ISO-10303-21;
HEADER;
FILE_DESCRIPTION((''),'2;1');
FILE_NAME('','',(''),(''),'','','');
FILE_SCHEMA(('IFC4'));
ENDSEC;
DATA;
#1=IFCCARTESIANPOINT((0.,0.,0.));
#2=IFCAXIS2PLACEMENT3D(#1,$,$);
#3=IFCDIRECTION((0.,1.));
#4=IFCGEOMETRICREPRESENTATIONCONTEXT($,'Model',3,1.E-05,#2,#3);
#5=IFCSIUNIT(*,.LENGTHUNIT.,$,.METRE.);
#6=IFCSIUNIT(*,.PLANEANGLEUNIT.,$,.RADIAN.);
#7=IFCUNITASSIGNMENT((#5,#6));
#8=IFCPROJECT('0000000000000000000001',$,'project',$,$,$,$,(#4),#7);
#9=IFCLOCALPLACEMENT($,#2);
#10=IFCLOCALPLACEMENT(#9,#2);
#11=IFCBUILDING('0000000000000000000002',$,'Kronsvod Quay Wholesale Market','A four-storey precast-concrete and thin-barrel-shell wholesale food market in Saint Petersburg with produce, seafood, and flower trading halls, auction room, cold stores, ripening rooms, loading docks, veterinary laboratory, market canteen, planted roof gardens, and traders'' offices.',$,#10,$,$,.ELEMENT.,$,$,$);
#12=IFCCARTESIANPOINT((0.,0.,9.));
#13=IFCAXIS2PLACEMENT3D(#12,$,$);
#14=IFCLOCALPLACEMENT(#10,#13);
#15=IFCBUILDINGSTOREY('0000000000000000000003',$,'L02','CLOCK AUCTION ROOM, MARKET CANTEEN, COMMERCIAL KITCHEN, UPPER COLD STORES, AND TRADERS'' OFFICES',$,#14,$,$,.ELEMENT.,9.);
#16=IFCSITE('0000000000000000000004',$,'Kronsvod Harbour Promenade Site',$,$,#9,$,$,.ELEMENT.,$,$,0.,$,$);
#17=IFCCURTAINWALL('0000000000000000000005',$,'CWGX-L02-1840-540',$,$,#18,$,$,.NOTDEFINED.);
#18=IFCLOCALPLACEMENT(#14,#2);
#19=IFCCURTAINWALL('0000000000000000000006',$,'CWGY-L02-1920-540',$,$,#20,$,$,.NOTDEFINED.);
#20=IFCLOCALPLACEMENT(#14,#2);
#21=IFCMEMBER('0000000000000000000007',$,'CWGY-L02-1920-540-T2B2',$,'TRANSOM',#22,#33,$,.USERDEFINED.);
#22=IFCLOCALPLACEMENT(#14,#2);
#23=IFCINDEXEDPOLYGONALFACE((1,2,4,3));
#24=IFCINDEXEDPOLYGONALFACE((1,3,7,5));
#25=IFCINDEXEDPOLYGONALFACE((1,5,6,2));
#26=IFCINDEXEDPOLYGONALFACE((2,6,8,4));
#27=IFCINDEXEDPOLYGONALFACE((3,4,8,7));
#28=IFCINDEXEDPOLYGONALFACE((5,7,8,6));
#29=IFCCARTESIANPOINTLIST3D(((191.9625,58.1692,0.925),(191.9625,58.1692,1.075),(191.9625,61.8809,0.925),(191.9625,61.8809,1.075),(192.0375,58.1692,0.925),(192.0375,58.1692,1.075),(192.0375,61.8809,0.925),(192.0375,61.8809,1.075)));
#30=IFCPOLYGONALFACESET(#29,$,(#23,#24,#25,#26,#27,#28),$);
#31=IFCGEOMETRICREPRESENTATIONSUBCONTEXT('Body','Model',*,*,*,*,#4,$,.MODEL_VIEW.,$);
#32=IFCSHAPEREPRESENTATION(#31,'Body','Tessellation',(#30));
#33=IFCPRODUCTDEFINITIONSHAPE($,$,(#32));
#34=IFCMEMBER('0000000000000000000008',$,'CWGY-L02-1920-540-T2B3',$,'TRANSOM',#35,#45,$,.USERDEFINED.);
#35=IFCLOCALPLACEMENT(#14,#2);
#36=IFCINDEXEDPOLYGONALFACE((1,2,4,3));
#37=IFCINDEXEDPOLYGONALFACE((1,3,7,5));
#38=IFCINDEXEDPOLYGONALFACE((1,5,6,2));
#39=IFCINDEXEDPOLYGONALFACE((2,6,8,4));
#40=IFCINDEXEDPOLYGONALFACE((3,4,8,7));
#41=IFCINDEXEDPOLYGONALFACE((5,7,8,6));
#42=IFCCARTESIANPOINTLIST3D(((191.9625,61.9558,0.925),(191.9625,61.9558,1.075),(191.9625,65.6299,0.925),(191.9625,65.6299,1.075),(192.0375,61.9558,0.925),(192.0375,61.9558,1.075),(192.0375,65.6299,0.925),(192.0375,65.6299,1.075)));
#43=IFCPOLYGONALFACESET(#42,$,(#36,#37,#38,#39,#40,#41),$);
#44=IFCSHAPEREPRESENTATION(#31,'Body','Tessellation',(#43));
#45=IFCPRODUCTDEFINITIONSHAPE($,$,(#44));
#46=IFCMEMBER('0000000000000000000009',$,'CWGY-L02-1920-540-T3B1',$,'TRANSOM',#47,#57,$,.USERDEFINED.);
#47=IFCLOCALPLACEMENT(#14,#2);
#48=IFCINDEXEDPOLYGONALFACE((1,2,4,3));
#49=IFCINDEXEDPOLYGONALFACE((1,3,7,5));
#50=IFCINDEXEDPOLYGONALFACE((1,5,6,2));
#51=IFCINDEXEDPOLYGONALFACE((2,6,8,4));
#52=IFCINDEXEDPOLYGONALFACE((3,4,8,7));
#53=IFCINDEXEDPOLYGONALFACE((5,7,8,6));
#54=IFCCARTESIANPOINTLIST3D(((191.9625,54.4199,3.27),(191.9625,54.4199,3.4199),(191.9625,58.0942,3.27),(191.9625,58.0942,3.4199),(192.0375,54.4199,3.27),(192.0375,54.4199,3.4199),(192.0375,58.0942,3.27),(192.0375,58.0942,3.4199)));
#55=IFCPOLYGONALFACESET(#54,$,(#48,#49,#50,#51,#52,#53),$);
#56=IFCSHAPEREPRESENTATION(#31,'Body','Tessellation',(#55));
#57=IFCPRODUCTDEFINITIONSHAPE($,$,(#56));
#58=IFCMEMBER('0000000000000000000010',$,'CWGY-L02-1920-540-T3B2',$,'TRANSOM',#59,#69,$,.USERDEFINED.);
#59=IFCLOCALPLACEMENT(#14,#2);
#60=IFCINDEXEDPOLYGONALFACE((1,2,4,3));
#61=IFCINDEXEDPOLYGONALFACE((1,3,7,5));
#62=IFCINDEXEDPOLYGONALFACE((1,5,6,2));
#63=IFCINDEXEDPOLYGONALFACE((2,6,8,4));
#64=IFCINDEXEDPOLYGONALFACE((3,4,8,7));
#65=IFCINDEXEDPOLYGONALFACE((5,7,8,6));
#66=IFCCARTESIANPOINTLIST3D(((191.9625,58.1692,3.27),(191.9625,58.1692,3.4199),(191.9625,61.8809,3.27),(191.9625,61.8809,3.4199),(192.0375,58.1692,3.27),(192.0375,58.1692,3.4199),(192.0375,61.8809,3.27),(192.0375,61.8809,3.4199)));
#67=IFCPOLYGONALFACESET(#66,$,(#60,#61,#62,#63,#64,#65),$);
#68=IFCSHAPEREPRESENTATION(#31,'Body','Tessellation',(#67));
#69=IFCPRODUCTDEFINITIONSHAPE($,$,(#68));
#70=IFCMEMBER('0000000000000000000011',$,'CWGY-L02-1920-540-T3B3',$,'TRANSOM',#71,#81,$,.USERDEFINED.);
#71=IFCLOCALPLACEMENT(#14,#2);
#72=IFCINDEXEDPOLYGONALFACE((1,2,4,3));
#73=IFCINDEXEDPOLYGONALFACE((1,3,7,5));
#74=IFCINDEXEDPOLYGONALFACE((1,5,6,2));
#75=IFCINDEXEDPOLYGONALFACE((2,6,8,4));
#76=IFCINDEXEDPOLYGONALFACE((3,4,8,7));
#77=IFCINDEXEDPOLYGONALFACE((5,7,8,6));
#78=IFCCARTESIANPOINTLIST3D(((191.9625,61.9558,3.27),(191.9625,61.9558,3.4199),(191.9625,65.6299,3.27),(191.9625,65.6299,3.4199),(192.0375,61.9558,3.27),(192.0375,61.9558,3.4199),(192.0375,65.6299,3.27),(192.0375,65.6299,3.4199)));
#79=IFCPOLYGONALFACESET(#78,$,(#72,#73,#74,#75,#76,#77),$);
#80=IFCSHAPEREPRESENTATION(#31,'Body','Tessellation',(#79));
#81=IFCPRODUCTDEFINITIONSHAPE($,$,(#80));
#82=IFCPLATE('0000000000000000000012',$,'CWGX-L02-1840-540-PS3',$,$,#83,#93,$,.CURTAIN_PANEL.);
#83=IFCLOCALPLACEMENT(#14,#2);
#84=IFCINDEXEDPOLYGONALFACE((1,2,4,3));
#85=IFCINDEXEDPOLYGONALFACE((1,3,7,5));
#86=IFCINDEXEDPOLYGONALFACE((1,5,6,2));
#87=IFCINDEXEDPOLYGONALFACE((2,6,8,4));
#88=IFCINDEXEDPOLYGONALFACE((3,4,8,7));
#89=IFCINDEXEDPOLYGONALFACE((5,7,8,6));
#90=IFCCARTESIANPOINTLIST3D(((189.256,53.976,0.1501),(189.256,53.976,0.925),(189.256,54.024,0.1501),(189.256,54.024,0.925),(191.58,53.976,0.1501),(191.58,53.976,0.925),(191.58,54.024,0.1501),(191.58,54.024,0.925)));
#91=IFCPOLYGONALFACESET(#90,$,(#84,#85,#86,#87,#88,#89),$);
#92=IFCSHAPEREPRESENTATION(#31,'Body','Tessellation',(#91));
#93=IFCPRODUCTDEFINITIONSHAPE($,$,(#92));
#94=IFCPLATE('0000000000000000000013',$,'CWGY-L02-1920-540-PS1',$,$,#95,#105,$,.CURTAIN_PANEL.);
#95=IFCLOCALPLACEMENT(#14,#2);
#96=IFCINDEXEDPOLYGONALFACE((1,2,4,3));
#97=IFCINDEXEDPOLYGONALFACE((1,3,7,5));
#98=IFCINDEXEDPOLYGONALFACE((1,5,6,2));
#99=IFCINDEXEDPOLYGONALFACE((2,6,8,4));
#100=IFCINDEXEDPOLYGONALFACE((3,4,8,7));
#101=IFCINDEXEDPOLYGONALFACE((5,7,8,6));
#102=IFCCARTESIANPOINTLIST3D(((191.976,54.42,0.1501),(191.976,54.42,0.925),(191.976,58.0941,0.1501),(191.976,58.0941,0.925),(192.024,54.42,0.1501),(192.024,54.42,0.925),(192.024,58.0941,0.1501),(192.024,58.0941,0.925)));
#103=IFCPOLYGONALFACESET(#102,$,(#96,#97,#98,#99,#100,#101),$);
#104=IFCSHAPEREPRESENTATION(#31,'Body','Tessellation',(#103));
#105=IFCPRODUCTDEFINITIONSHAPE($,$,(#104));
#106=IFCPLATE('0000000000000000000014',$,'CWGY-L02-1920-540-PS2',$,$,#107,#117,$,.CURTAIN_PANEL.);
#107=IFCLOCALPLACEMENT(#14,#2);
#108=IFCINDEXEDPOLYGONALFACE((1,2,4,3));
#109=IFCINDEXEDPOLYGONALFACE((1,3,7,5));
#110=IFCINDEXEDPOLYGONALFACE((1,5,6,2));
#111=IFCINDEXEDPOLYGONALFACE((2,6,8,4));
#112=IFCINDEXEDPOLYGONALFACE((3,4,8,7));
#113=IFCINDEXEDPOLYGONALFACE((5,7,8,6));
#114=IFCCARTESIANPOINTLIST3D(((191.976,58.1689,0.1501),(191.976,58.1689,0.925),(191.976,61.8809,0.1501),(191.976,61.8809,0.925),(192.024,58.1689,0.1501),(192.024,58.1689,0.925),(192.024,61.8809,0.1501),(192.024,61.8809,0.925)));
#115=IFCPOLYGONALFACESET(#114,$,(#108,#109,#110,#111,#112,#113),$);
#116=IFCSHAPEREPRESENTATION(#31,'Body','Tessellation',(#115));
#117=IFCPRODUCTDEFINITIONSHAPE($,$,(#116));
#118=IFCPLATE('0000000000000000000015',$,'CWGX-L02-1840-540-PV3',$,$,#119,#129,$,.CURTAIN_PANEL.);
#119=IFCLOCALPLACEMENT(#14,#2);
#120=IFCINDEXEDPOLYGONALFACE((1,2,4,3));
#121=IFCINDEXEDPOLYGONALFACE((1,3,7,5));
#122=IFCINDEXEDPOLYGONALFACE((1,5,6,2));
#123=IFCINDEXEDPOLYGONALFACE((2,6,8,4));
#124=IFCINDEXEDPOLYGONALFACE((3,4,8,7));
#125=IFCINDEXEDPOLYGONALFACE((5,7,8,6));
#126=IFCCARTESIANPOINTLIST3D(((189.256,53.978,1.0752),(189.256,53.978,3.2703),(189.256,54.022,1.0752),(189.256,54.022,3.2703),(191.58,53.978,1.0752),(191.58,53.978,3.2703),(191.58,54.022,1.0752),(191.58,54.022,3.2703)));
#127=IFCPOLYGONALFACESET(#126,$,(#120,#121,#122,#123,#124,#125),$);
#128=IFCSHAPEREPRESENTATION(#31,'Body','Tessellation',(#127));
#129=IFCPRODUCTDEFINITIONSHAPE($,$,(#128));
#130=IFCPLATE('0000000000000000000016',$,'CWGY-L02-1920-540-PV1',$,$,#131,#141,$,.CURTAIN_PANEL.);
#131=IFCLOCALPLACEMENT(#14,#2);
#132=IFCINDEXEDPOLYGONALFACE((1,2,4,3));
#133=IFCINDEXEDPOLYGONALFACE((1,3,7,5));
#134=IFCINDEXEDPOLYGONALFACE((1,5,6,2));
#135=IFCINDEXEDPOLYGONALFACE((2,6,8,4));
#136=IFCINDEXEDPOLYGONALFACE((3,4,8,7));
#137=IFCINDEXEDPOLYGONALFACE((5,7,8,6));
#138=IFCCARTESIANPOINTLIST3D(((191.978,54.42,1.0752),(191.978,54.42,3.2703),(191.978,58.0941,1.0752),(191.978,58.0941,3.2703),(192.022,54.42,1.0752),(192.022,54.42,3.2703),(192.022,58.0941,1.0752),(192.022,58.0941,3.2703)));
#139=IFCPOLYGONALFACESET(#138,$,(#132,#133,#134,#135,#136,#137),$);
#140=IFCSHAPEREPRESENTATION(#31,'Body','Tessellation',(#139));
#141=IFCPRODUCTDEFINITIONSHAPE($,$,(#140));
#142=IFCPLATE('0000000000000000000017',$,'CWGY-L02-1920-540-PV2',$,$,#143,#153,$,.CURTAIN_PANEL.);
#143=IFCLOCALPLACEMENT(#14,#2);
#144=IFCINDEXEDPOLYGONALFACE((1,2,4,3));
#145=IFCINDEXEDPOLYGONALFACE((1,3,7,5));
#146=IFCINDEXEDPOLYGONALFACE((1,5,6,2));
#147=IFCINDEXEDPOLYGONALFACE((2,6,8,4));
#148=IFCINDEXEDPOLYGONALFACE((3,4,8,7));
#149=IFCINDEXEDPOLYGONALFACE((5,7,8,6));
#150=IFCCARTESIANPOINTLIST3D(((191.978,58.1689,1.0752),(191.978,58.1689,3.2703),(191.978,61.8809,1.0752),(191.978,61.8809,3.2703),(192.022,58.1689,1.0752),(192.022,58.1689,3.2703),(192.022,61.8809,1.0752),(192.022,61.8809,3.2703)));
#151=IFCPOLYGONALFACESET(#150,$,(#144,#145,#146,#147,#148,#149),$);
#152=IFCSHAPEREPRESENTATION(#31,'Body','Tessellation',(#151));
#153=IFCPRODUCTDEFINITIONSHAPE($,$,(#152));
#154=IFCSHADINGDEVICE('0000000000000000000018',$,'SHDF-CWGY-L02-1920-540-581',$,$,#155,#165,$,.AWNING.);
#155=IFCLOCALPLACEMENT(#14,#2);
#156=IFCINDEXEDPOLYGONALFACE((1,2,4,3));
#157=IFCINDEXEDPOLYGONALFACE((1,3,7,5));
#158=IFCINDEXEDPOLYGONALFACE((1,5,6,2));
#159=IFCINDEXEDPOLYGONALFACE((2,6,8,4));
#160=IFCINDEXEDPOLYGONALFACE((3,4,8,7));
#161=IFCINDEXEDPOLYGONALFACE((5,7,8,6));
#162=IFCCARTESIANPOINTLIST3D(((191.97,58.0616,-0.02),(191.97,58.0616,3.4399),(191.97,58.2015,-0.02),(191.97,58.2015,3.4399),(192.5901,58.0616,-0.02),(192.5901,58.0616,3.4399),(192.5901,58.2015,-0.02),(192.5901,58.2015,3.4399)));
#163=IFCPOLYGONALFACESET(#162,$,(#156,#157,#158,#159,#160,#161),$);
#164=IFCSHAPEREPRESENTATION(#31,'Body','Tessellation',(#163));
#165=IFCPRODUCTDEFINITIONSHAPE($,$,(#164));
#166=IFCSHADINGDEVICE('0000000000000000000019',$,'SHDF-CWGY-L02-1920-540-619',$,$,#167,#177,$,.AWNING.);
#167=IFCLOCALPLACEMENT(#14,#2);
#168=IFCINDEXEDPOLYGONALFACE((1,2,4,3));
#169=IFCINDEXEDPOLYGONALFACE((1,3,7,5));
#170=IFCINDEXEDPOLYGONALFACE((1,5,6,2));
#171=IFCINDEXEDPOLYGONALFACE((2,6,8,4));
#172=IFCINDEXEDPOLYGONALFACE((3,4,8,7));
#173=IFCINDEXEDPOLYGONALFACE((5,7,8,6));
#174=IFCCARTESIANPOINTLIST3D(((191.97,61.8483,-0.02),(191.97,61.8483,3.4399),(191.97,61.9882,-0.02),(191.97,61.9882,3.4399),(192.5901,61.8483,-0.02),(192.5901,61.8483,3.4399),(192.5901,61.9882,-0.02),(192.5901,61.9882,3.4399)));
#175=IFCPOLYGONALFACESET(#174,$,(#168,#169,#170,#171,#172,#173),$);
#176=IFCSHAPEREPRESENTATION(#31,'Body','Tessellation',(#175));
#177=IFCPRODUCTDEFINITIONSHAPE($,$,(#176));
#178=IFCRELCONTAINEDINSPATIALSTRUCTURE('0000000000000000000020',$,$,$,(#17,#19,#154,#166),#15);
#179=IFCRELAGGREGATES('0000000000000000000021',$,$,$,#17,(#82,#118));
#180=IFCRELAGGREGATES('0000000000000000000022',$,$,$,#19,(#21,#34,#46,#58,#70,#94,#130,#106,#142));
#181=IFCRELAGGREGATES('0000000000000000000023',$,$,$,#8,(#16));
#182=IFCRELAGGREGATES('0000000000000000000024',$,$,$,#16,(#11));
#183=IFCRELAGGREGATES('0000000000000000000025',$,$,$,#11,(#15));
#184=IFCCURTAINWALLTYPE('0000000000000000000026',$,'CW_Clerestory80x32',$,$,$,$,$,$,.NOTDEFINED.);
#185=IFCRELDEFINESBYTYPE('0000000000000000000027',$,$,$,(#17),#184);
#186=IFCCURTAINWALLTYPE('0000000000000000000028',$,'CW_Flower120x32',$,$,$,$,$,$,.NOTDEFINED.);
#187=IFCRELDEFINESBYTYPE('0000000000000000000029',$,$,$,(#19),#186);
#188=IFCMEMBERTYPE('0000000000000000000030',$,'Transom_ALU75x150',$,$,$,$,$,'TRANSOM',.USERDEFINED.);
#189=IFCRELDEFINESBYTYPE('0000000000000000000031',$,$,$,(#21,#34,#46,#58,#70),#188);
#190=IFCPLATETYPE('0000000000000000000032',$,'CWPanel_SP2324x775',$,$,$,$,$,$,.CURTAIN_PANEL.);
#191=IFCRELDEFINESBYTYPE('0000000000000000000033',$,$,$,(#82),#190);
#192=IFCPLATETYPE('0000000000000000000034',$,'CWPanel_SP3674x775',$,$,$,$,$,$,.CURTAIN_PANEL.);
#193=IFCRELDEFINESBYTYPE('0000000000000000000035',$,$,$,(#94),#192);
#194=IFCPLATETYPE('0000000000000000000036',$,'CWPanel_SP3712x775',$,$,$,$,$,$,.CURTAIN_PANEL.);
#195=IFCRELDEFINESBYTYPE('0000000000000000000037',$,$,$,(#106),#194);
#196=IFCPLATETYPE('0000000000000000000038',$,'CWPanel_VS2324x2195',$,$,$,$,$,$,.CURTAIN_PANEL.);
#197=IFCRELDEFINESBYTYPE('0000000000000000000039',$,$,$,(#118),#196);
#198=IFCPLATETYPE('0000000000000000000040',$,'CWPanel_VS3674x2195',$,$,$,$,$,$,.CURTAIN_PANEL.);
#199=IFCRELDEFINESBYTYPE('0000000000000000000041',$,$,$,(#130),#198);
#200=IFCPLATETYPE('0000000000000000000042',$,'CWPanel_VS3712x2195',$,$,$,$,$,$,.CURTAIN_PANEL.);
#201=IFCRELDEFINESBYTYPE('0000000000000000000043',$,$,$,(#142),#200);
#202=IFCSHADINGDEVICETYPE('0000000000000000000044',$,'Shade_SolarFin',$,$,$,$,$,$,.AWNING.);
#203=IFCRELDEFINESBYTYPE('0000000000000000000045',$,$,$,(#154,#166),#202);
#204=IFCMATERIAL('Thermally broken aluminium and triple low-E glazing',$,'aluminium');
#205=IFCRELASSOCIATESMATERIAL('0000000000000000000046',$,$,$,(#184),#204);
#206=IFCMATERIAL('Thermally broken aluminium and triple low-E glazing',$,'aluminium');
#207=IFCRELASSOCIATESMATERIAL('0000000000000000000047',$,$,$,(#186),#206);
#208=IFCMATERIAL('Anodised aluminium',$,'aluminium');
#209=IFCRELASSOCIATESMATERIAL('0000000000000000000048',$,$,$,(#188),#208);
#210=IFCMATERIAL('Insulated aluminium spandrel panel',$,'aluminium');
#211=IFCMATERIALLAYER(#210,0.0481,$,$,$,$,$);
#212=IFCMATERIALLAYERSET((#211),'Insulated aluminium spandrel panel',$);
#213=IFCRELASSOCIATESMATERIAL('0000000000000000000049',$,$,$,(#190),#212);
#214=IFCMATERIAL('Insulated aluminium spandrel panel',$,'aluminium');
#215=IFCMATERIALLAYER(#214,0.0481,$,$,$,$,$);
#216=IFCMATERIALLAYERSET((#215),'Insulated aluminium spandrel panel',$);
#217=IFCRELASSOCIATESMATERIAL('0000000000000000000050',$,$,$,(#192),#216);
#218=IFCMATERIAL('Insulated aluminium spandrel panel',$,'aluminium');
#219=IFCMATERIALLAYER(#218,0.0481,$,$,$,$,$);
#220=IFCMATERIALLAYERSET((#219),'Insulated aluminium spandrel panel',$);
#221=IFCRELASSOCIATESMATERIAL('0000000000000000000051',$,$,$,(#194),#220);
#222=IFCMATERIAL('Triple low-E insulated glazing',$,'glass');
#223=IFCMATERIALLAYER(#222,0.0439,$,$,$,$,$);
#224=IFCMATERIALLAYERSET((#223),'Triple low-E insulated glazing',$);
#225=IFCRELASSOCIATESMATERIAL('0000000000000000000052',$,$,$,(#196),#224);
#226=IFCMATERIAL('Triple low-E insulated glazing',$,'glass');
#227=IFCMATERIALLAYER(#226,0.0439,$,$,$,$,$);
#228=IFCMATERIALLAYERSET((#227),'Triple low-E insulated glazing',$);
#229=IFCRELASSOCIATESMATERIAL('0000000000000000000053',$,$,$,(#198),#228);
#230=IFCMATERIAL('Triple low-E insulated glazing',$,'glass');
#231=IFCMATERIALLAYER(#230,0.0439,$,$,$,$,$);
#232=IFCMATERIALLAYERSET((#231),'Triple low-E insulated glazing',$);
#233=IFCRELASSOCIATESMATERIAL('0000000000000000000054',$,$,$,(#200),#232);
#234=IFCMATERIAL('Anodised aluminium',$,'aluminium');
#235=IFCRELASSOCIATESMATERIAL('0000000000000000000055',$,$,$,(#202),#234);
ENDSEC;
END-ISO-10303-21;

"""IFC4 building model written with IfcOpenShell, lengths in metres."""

from ifc_helpers import new_model, si_unit, direction, frame, origin, origin_2d, place, context, subcontext, project, spatial, rectangle, extrude, material, layer, layer_set, material_profile, profile_set, type_object, element, aggregate, save


model = new_model("IFC4")

# Units and contexts
model_context = context("Model", 3, precision=1e-05, world=origin(), true_north=direction((0.0, 1.0)))
body_context = subcontext(model_context, "Body", "Model", "MODEL_VIEW")
ifc_project = project(units=[si_unit("LENGTHUNIT", "METRE"), si_unit("PLANEANGLEUNIT", "RADIAN")], contexts=[model_context])

# Site, building, storey
site_placement = place(None, origin())
site = spatial("IfcSite", under=ifc_project, at=site_placement, Name="Kronsvod Harbour Promenade Site", CompositionType="ELEMENT", RefElevation=0.0)
building_placement = place(site_placement, origin())
building = spatial("IfcBuilding", under=site, at=building_placement, Name="Kronsvod Quay Wholesale Market", Description="A four-storey precast-concrete and thin-barrel-shell wholesale food market in Saint Petersburg with produce, seafood, and flower trading halls, auction room, cold stores, ripening rooms, loading docks, veterinary laboratory, market canteen, planted roof gardens, and traders' offices.", CompositionType="ELEMENT")
storey_placement = place(building_placement, frame((0.0, 0.0, 9.0)))
storey = spatial("IfcBuildingStorey", under=building, at=storey_placement, Name="L02", Description="CLOCK AUCTION ROOM, MARKET CANTEEN, COMMERCIAL KITCHEN, UPPER COLD STORES, AND TRADERS' OFFICES", CompositionType="ELEMENT", Elevation=9.0)

# Curtain wall
ifc_material_1 = material(Name="Thermally broken aluminium and triple low-E glazing", Category="aluminium")
curtain_wall_type_1 = type_object("IfcCurtainWallType", Name="CW_Clerestory80x32", PredefinedType="NOTDEFINED", material=ifc_material_1)
curtain_wall_1_placement = place(storey_placement, origin())
curtain_wall_1 = element("IfcCurtainWall", 1, at=curtain_wall_1_placement, inside=storey, type_object=curtain_wall_type_1, Name="CWGX-L02-1840-540", PredefinedType="NOTDEFINED")

# Curtain wall
ifc_material_2 = material(Name="Thermally broken aluminium and triple low-E glazing", Category="aluminium")
curtain_wall_type_2 = type_object("IfcCurtainWallType", Name="CW_Flower120x32", PredefinedType="NOTDEFINED", material=ifc_material_2)
curtain_wall_2_placement = place(storey_placement, origin())
curtain_wall_2 = element("IfcCurtainWall", 2, at=curtain_wall_2_placement, inside=storey, type_object=curtain_wall_type_2, Name="CWGY-L02-1920-540", PredefinedType="NOTDEFINED")

# Members
ifc_material_3 = material(Name="Anodised aluminium", Category="aluminium")
ifc_material_profile_1 = material_profile(ifc_material_3, rectangle(XDim=0.075, YDim=0.1499, at=origin_2d()), Name="ALUT75x150")
ifc_profile_set_1 = profile_set([ifc_material_profile_1], Name="Anodised aluminium")
member_type_1 = type_object("IfcMemberType", Name="Transom_ALU75x150", ElementType="TRANSOM", PredefinedType="USERDEFINED", material=ifc_profile_set_1)
member_1_placement = place(storey_placement, frame((192.0, 58.1692, 1.0), z_axis=(0.0, 1.0, 0.0), x_axis=(-1.0, 0.0, 0.0)))
member_1 = element("IfcMember", 3, at=member_1_placement, type_object=member_type_1, Name="CWGY-L02-1920-540-T2B2", ObjectType="TRANSOM", PredefinedType="USERDEFINED", context=body_context, shape_type="SweptSolid", body=[
    extrude(rectangle(XDim=0.075, YDim=0.1499, at=origin_2d()), origin(), (0.0, 0.0, 1.0), 3.7117),
])
member_2_placement = place(storey_placement, frame((192.0, 61.9558, 1.0), z_axis=(0.0, 1.0, 0.0), x_axis=(-1.0, 0.0, 0.0)))
member_2 = element("IfcMember", 4, at=member_2_placement, type_object=member_type_1, Name="CWGY-L02-1920-540-T2B3", ObjectType="TRANSOM", PredefinedType="USERDEFINED", context=body_context, shape_type="SweptSolid", body=[
    extrude(rectangle(XDim=0.075, YDim=0.1499, at=origin_2d()), origin(), (0.0, 0.0, 1.0), 3.6741),
])
member_3_placement = place(storey_placement, frame((192.0, 54.4199, 3.345), z_axis=(0.0, 1.0, 0.0), x_axis=(-1.0, 0.0, 0.0)))
member_3 = element("IfcMember", 5, at=member_3_placement, type_object=member_type_1, Name="CWGY-L02-1920-540-T3B1", ObjectType="TRANSOM", PredefinedType="USERDEFINED", context=body_context, shape_type="SweptSolid", body=[
    extrude(rectangle(XDim=0.075, YDim=0.1499, at=origin_2d()), origin(), (0.0, 0.0, 1.0), 3.6743),
])
member_4_placement = place(storey_placement, frame((192.0, 58.1692, 3.345), z_axis=(0.0, 1.0, 0.0), x_axis=(-1.0, 0.0, 0.0)))
member_4 = element("IfcMember", 6, at=member_4_placement, type_object=member_type_1, Name="CWGY-L02-1920-540-T3B2", ObjectType="TRANSOM", PredefinedType="USERDEFINED", context=body_context, shape_type="SweptSolid", body=[
    extrude(rectangle(XDim=0.075, YDim=0.1499, at=origin_2d()), origin(), (0.0, 0.0, 1.0), 3.7117),
])
member_5_placement = place(storey_placement, frame((192.0, 61.9558, 3.345), z_axis=(0.0, 1.0, 0.0), x_axis=(-1.0, 0.0, 0.0)))
member_5 = element("IfcMember", 7, at=member_5_placement, type_object=member_type_1, Name="CWGY-L02-1920-540-T3B3", ObjectType="TRANSOM", PredefinedType="USERDEFINED", context=body_context, shape_type="SweptSolid", body=[
    extrude(rectangle(XDim=0.075, YDim=0.1499, at=origin_2d()), origin(), (0.0, 0.0, 1.0), 3.6741),
])

# Plates
ifc_material_4 = material(Name="Insulated aluminium spandrel panel", Category="aluminium")
ifc_layer_1 = layer(ifc_material_4, 0.0481)
ifc_layer_set_1 = layer_set([ifc_layer_1], Name="Insulated aluminium spandrel panel")
plate_type_1 = type_object("IfcPlateType", Name="CWPanel_SP2324x775", PredefinedType="CURTAIN_PANEL", material=ifc_layer_set_1)
plate_1_placement = place(storey_placement, frame((190.418, 54.0, 0.1501), z_axis=(0.0, 0.0, 1.0), x_axis=(1.0, 0.0, 0.0)))
plate_1 = element("IfcPlate", 8, at=plate_1_placement, type_object=plate_type_1, Name="CWGX-L02-1840-540-PS3", PredefinedType="CURTAIN_PANEL", context=body_context, shape_type="SweptSolid", body=[
    extrude(rectangle(XDim=2.324, YDim=0.0481, at=origin_2d()), origin(), (0.0, 0.0, 1.0), 0.7749),
])
ifc_material_5 = material(Name="Insulated aluminium spandrel panel", Category="aluminium")
ifc_layer_2 = layer(ifc_material_5, 0.0481)
ifc_layer_set_2 = layer_set([ifc_layer_2], Name="Insulated aluminium spandrel panel")
plate_type_2 = type_object("IfcPlateType", Name="CWPanel_SP3674x775", PredefinedType="CURTAIN_PANEL", material=ifc_layer_set_2)
plate_2_placement = place(storey_placement, frame((192.0, 56.2571, 0.1501), z_axis=(0.0, 0.0, 1.0), x_axis=(0.0, 1.0, 0.0)))
plate_2 = element("IfcPlate", 9, at=plate_2_placement, type_object=plate_type_2, Name="CWGY-L02-1920-540-PS1", PredefinedType="CURTAIN_PANEL", context=body_context, shape_type="SweptSolid", body=[
    extrude(rectangle(XDim=3.6741, YDim=0.0481, at=origin_2d()), origin(), (0.0, 0.0, 1.0), 0.7749),
])
ifc_material_6 = material(Name="Insulated aluminium spandrel panel", Category="aluminium")
ifc_layer_3 = layer(ifc_material_6, 0.0481)
ifc_layer_set_3 = layer_set([ifc_layer_3], Name="Insulated aluminium spandrel panel")
plate_type_3 = type_object("IfcPlateType", Name="CWPanel_SP3712x775", PredefinedType="CURTAIN_PANEL", material=ifc_layer_set_3)
plate_3_placement = place(storey_placement, frame((192.0, 60.0249, 0.1501), z_axis=(0.0, 0.0, 1.0), x_axis=(0.0, 1.0, 0.0)))
plate_3 = element("IfcPlate", 10, at=plate_3_placement, type_object=plate_type_3, Name="CWGY-L02-1920-540-PS2", PredefinedType="CURTAIN_PANEL", context=body_context, shape_type="SweptSolid", body=[
    extrude(rectangle(XDim=3.7119, YDim=0.0481, at=origin_2d()), origin(), (0.0, 0.0, 1.0), 0.7749),
])
ifc_material_7 = material(Name="Triple low-E insulated glazing", Category="glass")
ifc_layer_4 = layer(ifc_material_7, 0.0439)
ifc_layer_set_4 = layer_set([ifc_layer_4], Name="Triple low-E insulated glazing")
plate_type_4 = type_object("IfcPlateType", Name="CWPanel_VS2324x2195", PredefinedType="CURTAIN_PANEL", material=ifc_layer_set_4)
plate_4_placement = place(storey_placement, frame((190.418, 54.0, 1.0752), z_axis=(0.0, 0.0, 1.0), x_axis=(1.0, 0.0, 0.0)))
plate_4 = element("IfcPlate", 11, at=plate_4_placement, type_object=plate_type_4, Name="CWGX-L02-1840-540-PV3", PredefinedType="CURTAIN_PANEL", context=body_context, shape_type="SweptSolid", body=[
    extrude(rectangle(XDim=2.324, YDim=0.0439, at=origin_2d()), origin(), (0.0, 0.0, 1.0), 2.1951),
])
aggregate(curtain_wall_1, [plate_1, plate_4])
ifc_material_8 = material(Name="Triple low-E insulated glazing", Category="glass")
ifc_layer_5 = layer(ifc_material_8, 0.0439)
ifc_layer_set_5 = layer_set([ifc_layer_5], Name="Triple low-E insulated glazing")
plate_type_5 = type_object("IfcPlateType", Name="CWPanel_VS3674x2195", PredefinedType="CURTAIN_PANEL", material=ifc_layer_set_5)
plate_5_placement = place(storey_placement, frame((192.0, 56.2571, 1.0752), z_axis=(0.0, 0.0, 1.0), x_axis=(0.0, 1.0, 0.0)))
plate_5 = element("IfcPlate", 12, at=plate_5_placement, type_object=plate_type_5, Name="CWGY-L02-1920-540-PV1", PredefinedType="CURTAIN_PANEL", context=body_context, shape_type="SweptSolid", body=[
    extrude(rectangle(XDim=3.6741, YDim=0.0439, at=origin_2d()), origin(), (0.0, 0.0, 1.0), 2.1951),
])
ifc_material_9 = material(Name="Triple low-E insulated glazing", Category="glass")
ifc_layer_6 = layer(ifc_material_9, 0.0439)
ifc_layer_set_6 = layer_set([ifc_layer_6], Name="Triple low-E insulated glazing")
plate_type_6 = type_object("IfcPlateType", Name="CWPanel_VS3712x2195", PredefinedType="CURTAIN_PANEL", material=ifc_layer_set_6)
plate_6_placement = place(storey_placement, frame((192.0, 60.0249, 1.0752), z_axis=(0.0, 0.0, 1.0), x_axis=(0.0, 1.0, 0.0)))
plate_6 = element("IfcPlate", 13, at=plate_6_placement, type_object=plate_type_6, Name="CWGY-L02-1920-540-PV2", PredefinedType="CURTAIN_PANEL", context=body_context, shape_type="SweptSolid", body=[
    extrude(rectangle(XDim=3.7119, YDim=0.0439, at=origin_2d()), origin(), (0.0, 0.0, 1.0), 2.1951),
])
aggregate(curtain_wall_2, [member_1, member_2, member_3, member_4, member_5, plate_2, plate_5, plate_3, plate_6])

# Shading devices
ifc_material_10 = material(Name="Anodised aluminium", Category="aluminium")
shading_device_type = type_object("IfcShadingDeviceType", Name="Shade_SolarFin", PredefinedType="AWNING", material=ifc_material_10)
for number, where, z_axis, x_axis, name in (
    (14, (192.28, 58.1316, -0.02), (0.0, 0.0, 1.0), (1.0, 0.0, 0.0), "SHDF-CWGY-L02-1920-540-581"),
    (15, (192.28, 61.9182, -0.02), (0.0, 0.0, 1.0), (1.0, 0.0, 0.0), "SHDF-CWGY-L02-1920-540-619"),
):
    element("IfcShadingDevice", number, at=place(storey_placement, frame(where, z_axis=z_axis, x_axis=x_axis)), inside=storey, type_object=shading_device_type, Name=name, PredefinedType="AWNING", context=body_context, shape_type="SweptSolid", body=[
        extrude(rectangle(XDim=0.6201, YDim=0.1399, at=origin_2d()), origin(), (0.0, 0.0, 1.0), 3.46),
    ])

save(model, "model.ifc")
